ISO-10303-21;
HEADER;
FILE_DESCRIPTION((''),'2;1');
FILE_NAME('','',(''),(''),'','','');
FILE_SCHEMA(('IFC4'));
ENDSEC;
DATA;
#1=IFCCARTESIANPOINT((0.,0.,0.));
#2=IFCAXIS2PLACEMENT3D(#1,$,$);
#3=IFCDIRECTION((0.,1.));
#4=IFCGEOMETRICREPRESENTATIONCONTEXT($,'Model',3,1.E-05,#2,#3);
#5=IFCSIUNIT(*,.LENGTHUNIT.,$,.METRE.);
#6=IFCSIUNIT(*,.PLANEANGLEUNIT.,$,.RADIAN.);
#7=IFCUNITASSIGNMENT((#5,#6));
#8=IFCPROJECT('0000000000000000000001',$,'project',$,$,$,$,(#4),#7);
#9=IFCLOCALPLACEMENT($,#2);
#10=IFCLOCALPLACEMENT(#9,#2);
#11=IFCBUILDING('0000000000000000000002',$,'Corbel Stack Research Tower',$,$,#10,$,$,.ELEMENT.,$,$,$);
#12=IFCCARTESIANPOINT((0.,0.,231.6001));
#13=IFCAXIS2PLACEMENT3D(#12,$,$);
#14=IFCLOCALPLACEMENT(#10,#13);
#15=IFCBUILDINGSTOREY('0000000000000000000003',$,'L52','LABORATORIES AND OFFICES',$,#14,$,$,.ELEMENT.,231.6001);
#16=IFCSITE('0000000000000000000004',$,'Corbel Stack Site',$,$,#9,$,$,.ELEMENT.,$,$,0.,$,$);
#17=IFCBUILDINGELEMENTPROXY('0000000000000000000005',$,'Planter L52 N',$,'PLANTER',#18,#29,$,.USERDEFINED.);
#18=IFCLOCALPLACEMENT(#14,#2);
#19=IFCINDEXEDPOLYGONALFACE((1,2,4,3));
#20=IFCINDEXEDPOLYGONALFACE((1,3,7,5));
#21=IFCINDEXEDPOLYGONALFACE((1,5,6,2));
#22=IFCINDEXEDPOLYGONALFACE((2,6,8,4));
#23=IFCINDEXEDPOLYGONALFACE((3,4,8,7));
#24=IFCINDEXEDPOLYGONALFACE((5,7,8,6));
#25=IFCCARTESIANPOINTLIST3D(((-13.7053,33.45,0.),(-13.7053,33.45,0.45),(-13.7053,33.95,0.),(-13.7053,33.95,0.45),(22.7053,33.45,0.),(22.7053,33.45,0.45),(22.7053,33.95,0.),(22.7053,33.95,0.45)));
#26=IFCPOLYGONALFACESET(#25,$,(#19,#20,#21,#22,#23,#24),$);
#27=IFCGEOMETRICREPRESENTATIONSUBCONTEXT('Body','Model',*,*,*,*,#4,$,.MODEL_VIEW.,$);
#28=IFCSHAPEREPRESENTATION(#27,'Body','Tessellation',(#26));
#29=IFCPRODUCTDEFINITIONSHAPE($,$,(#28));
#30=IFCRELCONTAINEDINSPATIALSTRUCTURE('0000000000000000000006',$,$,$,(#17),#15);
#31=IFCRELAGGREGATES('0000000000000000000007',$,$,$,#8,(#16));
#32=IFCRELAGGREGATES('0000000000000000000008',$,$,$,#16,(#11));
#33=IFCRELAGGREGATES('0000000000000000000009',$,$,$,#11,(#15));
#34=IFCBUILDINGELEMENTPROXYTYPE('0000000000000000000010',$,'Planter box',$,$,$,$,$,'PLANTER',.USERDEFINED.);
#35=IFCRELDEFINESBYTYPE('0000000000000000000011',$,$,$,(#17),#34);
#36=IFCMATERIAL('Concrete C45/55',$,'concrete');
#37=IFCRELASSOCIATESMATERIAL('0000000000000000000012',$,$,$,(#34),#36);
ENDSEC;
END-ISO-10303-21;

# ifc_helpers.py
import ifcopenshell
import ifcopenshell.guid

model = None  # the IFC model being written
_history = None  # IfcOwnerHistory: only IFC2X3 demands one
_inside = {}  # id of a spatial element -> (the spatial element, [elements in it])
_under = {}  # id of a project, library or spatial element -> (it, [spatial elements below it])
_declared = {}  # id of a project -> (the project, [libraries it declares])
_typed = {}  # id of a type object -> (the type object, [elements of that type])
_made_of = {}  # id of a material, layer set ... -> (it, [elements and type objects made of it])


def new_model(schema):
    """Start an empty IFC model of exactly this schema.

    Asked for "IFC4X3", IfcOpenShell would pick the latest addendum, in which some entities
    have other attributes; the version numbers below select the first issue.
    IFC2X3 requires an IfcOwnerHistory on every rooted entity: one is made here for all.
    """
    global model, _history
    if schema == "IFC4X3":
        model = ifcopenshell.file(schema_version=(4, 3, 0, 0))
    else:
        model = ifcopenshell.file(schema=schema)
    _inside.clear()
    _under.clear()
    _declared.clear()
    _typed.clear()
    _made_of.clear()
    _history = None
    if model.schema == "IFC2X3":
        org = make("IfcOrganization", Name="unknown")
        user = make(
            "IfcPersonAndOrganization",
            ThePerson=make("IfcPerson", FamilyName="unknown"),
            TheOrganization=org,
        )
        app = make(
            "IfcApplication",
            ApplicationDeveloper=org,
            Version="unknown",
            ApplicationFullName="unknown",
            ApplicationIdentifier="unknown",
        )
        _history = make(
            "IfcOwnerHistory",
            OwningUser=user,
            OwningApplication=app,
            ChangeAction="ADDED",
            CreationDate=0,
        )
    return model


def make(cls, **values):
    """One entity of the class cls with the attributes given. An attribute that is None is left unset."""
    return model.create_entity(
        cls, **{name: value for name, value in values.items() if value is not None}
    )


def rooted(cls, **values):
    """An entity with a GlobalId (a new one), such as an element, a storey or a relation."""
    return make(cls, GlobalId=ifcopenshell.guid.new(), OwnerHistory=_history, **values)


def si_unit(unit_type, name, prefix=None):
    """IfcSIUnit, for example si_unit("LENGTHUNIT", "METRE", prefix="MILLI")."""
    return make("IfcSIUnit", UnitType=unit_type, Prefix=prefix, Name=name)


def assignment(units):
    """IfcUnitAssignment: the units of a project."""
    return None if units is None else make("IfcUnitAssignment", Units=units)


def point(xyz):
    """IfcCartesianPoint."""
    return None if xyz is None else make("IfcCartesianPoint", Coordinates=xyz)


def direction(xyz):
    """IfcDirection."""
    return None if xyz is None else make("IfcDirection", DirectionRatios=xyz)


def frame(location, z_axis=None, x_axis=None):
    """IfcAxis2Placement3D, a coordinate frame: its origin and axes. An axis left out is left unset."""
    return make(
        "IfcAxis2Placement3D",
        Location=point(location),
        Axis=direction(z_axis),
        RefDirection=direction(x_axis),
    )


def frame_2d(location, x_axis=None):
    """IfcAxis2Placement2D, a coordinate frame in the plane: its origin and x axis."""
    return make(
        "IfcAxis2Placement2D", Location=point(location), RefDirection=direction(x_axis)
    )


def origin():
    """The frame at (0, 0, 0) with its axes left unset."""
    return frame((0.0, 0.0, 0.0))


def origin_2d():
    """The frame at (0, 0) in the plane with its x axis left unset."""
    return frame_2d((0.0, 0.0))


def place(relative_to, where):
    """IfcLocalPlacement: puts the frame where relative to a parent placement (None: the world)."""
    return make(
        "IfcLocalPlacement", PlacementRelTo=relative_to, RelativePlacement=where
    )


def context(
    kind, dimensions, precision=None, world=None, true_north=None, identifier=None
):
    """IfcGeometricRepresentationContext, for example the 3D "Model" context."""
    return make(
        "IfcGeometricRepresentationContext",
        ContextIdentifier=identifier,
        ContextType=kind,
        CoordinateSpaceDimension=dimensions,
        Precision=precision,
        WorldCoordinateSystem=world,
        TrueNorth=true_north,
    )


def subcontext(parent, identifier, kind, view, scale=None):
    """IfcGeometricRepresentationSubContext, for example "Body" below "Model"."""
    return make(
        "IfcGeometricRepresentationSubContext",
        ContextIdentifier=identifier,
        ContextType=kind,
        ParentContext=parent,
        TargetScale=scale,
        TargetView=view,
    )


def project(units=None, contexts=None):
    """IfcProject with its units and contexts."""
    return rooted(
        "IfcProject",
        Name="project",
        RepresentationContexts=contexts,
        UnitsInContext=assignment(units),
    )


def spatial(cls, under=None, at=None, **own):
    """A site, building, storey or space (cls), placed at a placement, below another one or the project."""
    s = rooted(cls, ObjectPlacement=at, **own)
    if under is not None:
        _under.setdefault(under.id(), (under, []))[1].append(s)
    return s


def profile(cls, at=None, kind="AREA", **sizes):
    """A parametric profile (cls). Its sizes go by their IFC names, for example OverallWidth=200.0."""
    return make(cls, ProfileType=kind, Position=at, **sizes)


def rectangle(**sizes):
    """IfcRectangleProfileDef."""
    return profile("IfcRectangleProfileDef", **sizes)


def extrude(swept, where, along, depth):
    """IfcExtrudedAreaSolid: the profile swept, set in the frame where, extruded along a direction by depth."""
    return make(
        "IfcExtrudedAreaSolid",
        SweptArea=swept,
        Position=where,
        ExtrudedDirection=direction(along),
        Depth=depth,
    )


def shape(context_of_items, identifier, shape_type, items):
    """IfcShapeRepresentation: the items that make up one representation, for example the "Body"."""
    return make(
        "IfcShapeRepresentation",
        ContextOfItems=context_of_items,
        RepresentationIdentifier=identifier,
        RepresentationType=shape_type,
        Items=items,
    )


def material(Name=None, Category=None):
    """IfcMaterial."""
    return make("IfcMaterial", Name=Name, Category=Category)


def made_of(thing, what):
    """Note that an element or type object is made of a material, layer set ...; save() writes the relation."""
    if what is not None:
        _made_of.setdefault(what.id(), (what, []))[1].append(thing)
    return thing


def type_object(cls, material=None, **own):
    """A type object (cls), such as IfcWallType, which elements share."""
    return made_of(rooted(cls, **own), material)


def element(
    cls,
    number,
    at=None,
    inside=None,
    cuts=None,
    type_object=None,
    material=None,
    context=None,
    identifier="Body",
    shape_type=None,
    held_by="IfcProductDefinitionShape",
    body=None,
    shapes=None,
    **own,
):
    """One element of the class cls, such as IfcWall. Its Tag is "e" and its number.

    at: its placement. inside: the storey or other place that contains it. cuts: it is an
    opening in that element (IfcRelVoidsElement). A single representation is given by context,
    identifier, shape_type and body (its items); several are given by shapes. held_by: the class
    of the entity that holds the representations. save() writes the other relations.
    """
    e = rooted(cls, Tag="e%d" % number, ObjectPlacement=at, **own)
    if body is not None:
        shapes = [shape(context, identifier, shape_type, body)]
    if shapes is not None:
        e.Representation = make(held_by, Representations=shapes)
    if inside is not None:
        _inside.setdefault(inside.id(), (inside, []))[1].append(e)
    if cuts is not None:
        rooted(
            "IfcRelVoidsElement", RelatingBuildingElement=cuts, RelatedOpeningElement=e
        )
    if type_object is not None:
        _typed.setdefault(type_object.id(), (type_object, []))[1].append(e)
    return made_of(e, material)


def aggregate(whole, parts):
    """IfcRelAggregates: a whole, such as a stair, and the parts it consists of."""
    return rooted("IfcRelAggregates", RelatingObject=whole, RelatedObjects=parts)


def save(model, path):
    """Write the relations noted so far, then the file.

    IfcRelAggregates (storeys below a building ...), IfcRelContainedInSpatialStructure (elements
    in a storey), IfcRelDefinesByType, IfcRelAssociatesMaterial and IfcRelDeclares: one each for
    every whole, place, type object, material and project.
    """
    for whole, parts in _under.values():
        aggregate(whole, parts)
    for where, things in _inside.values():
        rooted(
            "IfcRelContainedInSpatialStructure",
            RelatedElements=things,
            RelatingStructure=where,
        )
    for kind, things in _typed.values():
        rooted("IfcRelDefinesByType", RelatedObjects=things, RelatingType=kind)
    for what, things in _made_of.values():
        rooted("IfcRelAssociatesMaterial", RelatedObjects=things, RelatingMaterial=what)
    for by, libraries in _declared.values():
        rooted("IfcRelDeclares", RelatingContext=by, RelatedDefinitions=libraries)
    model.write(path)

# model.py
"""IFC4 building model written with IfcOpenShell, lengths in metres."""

from ifc_helpers import new_model, si_unit, direction, frame, origin, origin_2d, place, context, subcontext, project, spatial, rectangle, extrude, material, type_object, element, save


model = new_model("IFC4")

# Units and contexts
model_context = context("Model", 3, precision=1e-05, world=origin(), true_north=direction((0.0, 1.0)))
body_context = subcontext(model_context, "Body", "Model", "MODEL_VIEW")
ifc_project = project(units=[si_unit("LENGTHUNIT", "METRE"), si_unit("PLANEANGLEUNIT", "RADIAN")], contexts=[model_context])

# Site, building, storey
site_placement = place(None, origin())
site = spatial("IfcSite", under=ifc_project, at=site_placement, Name="Corbel Stack Site", CompositionType="ELEMENT", RefElevation=0.0)
building_placement = place(site_placement, origin())
building = spatial("IfcBuilding", under=site, at=building_placement, Name="Corbel Stack Research Tower", CompositionType="ELEMENT")
storey_placement = place(building_placement, frame((0.0, 0.0, 231.6001)))
storey = spatial("IfcBuildingStorey", under=building, at=storey_placement, Name="L52", Description="LABORATORIES AND OFFICES", CompositionType="ELEMENT", Elevation=231.6001)

# Building element proxy
ifc_material_1 = material(Name="Concrete C45/55", Category="concrete")
building_element_proxy_type = type_object("IfcBuildingElementProxyType", Name="Planter box", ElementType="PLANTER", PredefinedType="USERDEFINED", material=ifc_material_1)
proxy_placement = place(storey_placement, frame((4.5, 33.7, 0.0), z_axis=(0.0, 0.0, 1.0), x_axis=(-1.0, 0.0, 0.0)))
element("IfcBuildingElementProxy", 1, at=proxy_placement, inside=storey, type_object=building_element_proxy_type, Name="Planter L52 N", ObjectType="PLANTER", PredefinedType="USERDEFINED", context=body_context, shape_type="SweptSolid", body=[
    extrude(rectangle(XDim=36.4106, YDim=0.5, at=origin_2d()), origin(), (0.0, 0.0, 1.0), 0.45),
])

save(model, "model.ifc")
